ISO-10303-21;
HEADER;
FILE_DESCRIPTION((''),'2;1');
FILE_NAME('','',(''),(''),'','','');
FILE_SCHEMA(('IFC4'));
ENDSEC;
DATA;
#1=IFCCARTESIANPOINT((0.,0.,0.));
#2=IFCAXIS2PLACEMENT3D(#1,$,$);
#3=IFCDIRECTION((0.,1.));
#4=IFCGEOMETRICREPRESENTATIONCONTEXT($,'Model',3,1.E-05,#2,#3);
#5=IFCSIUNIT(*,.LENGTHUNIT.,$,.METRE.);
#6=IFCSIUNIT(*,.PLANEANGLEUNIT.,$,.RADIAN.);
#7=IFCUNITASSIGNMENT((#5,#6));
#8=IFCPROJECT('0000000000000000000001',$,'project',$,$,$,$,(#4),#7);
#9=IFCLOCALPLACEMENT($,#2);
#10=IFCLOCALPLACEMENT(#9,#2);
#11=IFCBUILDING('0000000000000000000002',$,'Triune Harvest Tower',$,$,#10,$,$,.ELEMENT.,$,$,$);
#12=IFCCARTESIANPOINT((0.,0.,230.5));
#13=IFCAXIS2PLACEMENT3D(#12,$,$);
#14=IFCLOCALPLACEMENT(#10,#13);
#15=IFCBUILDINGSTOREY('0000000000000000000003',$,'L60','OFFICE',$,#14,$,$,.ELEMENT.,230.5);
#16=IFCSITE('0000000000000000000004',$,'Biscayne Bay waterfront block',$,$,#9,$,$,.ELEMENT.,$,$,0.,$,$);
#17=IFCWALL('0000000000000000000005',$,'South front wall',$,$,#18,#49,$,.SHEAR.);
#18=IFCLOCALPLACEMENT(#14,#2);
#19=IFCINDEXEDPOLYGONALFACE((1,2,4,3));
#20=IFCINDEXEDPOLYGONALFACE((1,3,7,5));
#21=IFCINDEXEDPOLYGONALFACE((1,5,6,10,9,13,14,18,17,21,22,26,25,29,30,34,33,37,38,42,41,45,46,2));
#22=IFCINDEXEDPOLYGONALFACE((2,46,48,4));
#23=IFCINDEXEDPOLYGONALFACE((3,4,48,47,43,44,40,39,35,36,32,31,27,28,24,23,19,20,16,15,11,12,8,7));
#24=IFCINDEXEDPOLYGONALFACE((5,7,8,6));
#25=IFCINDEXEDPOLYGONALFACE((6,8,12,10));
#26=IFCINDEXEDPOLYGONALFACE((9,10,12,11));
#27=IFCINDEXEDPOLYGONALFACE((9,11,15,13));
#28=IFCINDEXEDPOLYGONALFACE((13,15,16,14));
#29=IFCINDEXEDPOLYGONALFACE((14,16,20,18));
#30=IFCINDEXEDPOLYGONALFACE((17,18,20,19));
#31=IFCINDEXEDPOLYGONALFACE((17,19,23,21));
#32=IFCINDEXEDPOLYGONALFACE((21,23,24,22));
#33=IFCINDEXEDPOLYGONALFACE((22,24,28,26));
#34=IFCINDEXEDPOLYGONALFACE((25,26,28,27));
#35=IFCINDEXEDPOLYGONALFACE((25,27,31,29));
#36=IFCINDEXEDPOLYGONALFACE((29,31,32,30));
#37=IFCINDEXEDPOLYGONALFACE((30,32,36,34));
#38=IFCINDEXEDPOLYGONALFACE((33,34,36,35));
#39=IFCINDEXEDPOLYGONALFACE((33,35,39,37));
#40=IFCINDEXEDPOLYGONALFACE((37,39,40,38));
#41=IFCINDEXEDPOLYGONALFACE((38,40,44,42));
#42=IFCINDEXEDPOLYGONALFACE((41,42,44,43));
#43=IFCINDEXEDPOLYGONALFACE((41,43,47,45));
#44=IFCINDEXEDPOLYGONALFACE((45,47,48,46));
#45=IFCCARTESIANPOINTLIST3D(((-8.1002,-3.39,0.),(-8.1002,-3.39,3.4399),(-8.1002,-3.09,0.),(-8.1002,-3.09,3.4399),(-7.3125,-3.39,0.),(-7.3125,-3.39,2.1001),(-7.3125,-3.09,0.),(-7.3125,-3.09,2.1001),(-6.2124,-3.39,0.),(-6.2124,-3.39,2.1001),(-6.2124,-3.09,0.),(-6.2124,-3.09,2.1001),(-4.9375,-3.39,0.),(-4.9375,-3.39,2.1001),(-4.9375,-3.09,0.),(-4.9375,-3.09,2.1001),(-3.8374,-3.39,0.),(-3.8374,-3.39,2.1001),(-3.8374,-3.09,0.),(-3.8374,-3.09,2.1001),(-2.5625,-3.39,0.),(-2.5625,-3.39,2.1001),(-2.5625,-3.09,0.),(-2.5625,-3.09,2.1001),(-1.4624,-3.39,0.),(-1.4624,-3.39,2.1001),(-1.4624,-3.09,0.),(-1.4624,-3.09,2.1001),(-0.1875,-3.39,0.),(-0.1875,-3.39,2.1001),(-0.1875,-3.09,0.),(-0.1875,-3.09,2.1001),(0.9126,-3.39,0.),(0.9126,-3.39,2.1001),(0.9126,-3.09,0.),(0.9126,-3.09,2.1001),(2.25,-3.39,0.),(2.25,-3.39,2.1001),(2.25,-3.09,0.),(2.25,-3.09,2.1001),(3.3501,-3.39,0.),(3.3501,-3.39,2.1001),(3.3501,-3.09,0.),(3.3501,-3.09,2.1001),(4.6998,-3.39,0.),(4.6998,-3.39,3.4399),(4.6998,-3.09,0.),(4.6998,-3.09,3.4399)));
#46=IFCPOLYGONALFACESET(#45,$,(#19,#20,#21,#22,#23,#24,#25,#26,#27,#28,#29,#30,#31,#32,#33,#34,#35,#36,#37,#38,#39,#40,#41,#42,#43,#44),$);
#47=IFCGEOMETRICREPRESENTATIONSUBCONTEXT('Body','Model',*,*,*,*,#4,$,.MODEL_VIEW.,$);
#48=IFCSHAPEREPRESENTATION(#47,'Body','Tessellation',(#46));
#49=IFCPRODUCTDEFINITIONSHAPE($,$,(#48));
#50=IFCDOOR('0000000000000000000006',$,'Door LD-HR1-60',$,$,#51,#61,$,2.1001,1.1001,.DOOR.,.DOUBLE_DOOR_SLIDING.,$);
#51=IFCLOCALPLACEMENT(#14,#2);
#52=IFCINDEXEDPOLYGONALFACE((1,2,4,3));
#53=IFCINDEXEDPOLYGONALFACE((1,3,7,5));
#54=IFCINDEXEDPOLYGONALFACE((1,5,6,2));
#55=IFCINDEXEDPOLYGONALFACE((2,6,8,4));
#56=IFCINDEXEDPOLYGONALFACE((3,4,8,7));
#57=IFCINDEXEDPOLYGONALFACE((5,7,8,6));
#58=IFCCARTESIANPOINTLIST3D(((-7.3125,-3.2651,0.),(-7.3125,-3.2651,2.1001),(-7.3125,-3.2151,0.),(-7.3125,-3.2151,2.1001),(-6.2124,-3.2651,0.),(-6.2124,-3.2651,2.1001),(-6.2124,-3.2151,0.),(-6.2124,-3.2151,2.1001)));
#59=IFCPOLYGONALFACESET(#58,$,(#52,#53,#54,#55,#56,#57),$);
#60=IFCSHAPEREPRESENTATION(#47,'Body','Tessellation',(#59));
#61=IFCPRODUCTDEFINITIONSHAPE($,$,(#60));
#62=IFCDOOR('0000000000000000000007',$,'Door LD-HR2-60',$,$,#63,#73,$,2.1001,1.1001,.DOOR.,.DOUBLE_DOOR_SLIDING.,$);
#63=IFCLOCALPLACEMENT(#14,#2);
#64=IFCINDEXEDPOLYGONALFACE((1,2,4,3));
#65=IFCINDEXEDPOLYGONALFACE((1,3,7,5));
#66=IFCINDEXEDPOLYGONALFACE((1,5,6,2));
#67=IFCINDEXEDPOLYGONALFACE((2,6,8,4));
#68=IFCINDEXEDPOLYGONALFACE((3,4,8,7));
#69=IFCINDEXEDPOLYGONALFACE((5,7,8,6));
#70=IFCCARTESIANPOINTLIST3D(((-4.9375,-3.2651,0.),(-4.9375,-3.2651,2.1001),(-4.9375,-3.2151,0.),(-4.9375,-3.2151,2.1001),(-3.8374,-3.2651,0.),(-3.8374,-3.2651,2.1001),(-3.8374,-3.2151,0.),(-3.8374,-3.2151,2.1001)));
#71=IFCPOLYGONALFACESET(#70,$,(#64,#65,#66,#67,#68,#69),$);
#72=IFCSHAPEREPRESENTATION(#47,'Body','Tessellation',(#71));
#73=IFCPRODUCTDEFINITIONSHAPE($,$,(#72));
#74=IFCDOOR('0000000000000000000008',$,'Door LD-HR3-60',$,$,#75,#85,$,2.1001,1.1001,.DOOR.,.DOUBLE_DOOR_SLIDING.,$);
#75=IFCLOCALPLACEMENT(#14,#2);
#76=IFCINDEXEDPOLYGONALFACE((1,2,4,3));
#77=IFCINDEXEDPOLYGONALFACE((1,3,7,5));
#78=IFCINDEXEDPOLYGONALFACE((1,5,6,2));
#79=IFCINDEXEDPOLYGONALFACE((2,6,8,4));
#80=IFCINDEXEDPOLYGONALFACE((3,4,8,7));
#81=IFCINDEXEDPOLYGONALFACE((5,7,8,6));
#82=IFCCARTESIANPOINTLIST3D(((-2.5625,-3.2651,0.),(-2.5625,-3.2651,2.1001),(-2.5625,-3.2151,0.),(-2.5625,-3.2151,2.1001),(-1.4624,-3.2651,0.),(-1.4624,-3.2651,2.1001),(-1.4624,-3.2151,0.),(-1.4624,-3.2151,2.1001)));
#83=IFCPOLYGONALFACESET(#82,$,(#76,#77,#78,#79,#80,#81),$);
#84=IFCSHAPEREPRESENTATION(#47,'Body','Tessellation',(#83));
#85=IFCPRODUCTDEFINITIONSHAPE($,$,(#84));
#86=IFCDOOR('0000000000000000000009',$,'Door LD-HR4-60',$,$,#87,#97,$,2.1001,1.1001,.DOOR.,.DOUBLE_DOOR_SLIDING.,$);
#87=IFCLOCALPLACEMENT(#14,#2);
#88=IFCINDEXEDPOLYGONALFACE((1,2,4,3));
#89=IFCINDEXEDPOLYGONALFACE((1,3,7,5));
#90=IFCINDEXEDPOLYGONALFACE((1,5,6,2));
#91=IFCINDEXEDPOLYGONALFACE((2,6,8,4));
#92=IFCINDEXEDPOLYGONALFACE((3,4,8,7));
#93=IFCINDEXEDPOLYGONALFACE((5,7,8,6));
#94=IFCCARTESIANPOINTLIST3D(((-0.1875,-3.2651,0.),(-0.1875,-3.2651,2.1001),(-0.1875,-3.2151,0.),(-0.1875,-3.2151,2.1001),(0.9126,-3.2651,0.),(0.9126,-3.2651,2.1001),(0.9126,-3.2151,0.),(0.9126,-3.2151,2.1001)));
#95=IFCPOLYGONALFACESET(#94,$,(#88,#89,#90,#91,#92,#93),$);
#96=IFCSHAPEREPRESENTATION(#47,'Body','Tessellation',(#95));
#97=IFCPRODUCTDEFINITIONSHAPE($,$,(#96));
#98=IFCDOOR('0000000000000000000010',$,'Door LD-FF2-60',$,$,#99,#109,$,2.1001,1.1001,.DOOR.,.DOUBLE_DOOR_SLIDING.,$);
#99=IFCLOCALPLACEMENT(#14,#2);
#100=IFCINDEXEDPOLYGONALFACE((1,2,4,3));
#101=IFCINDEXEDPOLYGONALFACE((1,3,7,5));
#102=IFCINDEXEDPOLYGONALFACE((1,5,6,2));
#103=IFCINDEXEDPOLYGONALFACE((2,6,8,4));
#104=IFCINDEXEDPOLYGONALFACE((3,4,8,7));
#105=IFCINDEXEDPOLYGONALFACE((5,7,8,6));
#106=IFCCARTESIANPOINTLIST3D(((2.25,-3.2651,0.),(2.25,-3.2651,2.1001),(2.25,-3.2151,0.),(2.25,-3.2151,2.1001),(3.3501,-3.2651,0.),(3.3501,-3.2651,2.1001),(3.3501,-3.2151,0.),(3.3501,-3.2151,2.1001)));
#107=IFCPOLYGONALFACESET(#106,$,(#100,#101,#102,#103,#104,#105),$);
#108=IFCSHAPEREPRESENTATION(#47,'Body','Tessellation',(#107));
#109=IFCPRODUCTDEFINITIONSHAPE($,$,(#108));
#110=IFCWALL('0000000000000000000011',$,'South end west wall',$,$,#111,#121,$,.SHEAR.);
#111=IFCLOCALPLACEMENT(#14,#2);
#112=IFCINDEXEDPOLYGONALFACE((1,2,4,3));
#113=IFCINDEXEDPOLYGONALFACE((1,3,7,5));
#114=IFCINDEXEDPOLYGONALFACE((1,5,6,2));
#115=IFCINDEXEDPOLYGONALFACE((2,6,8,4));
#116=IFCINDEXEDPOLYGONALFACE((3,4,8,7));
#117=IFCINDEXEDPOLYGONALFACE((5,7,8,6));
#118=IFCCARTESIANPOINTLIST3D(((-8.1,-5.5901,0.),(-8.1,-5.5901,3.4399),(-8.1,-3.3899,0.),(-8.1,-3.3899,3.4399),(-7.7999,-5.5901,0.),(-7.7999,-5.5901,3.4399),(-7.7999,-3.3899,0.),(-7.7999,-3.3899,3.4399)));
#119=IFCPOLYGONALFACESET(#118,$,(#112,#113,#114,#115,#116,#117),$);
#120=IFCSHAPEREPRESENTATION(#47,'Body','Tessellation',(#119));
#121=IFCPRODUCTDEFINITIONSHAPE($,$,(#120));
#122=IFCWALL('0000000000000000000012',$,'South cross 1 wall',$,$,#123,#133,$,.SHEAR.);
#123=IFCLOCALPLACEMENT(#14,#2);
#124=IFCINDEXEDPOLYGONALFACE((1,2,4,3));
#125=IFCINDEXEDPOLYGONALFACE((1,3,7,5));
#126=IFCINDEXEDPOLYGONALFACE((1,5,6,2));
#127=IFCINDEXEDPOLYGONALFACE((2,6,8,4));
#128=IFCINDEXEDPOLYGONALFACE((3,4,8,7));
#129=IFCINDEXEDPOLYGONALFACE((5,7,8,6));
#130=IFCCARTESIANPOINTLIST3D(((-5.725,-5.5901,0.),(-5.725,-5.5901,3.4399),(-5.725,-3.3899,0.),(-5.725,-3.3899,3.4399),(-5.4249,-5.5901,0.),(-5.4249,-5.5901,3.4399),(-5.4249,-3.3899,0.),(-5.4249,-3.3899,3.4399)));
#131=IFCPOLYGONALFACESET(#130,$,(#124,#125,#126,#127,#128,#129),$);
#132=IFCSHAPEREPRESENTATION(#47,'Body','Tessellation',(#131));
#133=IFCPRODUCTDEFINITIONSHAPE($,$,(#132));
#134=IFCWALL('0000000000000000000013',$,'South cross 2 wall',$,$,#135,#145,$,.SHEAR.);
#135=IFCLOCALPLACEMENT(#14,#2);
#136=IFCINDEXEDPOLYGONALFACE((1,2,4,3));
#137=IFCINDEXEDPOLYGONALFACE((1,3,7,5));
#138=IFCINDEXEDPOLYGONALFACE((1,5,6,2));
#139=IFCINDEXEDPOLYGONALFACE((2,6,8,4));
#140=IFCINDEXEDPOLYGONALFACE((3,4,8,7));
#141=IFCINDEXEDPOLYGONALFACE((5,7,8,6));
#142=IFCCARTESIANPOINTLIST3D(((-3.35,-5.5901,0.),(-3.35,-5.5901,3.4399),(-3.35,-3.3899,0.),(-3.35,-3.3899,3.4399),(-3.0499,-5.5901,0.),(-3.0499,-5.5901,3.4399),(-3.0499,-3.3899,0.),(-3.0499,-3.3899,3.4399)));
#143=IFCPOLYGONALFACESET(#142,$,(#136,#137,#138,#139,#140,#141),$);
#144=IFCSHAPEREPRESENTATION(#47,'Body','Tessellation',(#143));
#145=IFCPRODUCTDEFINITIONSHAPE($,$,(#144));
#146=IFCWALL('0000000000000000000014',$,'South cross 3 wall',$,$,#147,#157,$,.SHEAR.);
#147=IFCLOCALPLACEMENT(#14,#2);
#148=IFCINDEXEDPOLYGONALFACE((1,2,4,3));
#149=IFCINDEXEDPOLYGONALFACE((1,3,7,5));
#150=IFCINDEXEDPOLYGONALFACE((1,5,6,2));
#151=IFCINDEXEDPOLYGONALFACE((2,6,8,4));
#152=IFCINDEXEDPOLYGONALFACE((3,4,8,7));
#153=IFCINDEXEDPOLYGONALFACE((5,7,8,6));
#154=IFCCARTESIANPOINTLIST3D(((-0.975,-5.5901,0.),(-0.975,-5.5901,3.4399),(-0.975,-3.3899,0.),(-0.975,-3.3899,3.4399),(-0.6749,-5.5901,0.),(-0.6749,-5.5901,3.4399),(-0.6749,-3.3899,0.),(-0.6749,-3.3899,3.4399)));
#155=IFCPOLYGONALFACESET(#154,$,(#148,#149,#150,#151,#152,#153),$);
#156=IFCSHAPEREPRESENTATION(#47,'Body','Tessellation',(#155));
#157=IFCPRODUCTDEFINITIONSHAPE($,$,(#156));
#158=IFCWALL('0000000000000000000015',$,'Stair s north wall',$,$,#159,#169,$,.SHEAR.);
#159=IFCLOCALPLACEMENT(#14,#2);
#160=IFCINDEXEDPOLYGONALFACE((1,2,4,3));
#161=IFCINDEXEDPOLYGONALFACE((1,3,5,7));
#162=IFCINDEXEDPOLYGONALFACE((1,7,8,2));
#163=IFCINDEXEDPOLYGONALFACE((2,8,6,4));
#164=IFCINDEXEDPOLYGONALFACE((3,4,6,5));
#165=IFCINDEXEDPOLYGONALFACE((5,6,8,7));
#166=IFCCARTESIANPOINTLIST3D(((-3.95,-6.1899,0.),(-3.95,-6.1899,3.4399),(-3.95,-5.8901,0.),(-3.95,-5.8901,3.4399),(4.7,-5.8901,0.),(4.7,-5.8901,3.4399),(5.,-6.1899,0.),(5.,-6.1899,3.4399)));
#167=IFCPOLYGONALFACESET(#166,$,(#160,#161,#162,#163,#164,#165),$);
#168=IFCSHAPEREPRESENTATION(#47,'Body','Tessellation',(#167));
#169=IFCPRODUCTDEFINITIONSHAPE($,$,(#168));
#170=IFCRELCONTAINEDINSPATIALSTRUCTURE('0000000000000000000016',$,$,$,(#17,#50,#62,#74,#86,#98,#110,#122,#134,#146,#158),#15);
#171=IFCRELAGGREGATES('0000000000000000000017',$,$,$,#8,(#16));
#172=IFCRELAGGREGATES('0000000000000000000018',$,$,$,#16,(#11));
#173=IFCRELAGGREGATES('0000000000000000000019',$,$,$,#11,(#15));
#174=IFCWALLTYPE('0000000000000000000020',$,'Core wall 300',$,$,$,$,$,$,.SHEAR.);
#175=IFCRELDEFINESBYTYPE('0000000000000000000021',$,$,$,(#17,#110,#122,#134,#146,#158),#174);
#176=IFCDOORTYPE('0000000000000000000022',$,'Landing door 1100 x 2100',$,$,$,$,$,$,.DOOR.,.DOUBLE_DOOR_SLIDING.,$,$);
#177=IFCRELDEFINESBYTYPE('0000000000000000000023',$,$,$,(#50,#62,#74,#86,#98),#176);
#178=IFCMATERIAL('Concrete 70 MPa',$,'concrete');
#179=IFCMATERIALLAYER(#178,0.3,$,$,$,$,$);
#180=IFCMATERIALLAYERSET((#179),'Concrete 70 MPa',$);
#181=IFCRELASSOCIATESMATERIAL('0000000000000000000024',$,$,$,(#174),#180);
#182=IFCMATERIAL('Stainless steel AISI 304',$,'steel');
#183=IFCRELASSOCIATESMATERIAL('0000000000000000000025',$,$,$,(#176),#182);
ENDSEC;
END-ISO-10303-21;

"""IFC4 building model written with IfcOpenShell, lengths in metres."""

from ifc_helpers import new_model, si_unit, direction, frame, frame_2d, origin, place, context, subcontext, project, spatial, polyline, rectangle, outline, extrude, source, transform, mapped, material, layer, layer_set, type_object, element, fill, save


model = new_model("IFC4")

# Units and contexts
model_context = context("Model", 3, precision=1e-05, world=origin(), true_north=direction((0.0, 1.0)))
body_context = subcontext(model_context, "Body", "Model", "MODEL_VIEW")
ifc_project = project(units=[si_unit("LENGTHUNIT", "METRE"), si_unit("PLANEANGLEUNIT", "RADIAN")], contexts=[model_context])

# Site, building, storey
site_placement = place(None, origin())
site = spatial("IfcSite", under=ifc_project, at=site_placement, Name="Biscayne Bay waterfront block", CompositionType="ELEMENT", RefElevation=0.0)
building_placement = place(site_placement, origin())
building = spatial("IfcBuilding", under=site, at=building_placement, Name="Triune Harvest Tower", CompositionType="ELEMENT")
storey_placement = place(building_placement, frame((0.0, 0.0, 230.5)))
storey = spatial("IfcBuildingStorey", under=building, at=storey_placement, Name="L60", Description="OFFICE", CompositionType="ELEMENT", Elevation=230.5)

# Wall, openings, doors
ifc_material_1 = material(Name="Concrete 70 MPa", Category="concrete")
ifc_layer_1 = layer(ifc_material_1, 0.3)
ifc_layer_set_1 = layer_set([ifc_layer_1], Name="Concrete 70 MPa")
wall_type_1 = type_object("IfcWallType", Name="Core wall 300", PredefinedType="SHEAR", material=ifc_layer_set_1)
shared_shape_1 = source(origin(), body_context, "Body", "SweptSolid", [
    extrude(rectangle(XDim=12.8, YDim=0.3, at=frame_2d((6.3999, 0.0))), origin(), (0.0, 0.0, 1.0), 3.4399),
])
wall_1_placement = place(storey_placement, frame((-8.1001, -3.24, 0.0), z_axis=(0.0, 0.0, 1.0), x_axis=(1.0, 0.0, 0.0)))
wall_1 = element("IfcWall", 1, at=wall_1_placement, inside=storey, type_object=wall_type_1, Name="South front wall", PredefinedType="SHEAR", context=body_context, shape_type="MappedRepresentation", body=[
    mapped(shared_shape_1, transform((0.0, 0.0, 0.0), scale=1.0)),
])
opening_1_placement = place(wall_1_placement, frame((0.7876, 0.0, 0.0)))
opening_1 = element("IfcOpeningElement", 2, at=opening_1_placement, cuts=wall_1, PredefinedType="OPENING", context=body_context, shape_type="SweptSolid", body=[
    extrude(rectangle(XDim=1.1001, YDim=2.1001, at=frame_2d((0.55, 1.05))), frame((0.0, 0.1602, 0.0), z_axis=(0.0, -1.0, 0.0), x_axis=(1.0, 0.0, 0.0)), (0.0, 0.0, 1.0), 0.3201),
])
opening_2_placement = place(wall_1_placement, frame((3.1626, 0.0, 0.0)))
opening_2 = element("IfcOpeningElement", 3, at=opening_2_placement, cuts=wall_1, PredefinedType="OPENING", context=body_context, shape_type="SweptSolid", body=[
    extrude(rectangle(XDim=1.1001, YDim=2.1001, at=frame_2d((0.55, 1.05))), frame((0.0, 0.1602, 0.0), z_axis=(0.0, -1.0, 0.0), x_axis=(1.0, 0.0, 0.0)), (0.0, 0.0, 1.0), 0.3201),
])
opening_3_placement = place(wall_1_placement, frame((5.5376, 0.0, 0.0)))
opening_3 = element("IfcOpeningElement", 4, at=opening_3_placement, cuts=wall_1, PredefinedType="OPENING", context=body_context, shape_type="SweptSolid", body=[
    extrude(rectangle(XDim=1.1001, YDim=2.1001, at=frame_2d((0.55, 1.05))), frame((0.0, 0.1602, 0.0), z_axis=(0.0, -1.0, 0.0), x_axis=(1.0, 0.0, 0.0)), (0.0, 0.0, 1.0), 0.3201),
])
opening_4_placement = place(wall_1_placement, frame((7.9126, 0.0, 0.0)))
opening_4 = element("IfcOpeningElement", 5, at=opening_4_placement, cuts=wall_1, PredefinedType="OPENING", context=body_context, shape_type="SweptSolid", body=[
    extrude(rectangle(XDim=1.1001, YDim=2.1001, at=frame_2d((0.55, 1.05))), frame((0.0, 0.1602, 0.0), z_axis=(0.0, -1.0, 0.0), x_axis=(1.0, 0.0, 0.0)), (0.0, 0.0, 1.0), 0.3201),
])
opening_5_placement = place(wall_1_placement, frame((10.3501, 0.0, 0.0)))
opening_5 = element("IfcOpeningElement", 6, at=opening_5_placement, cuts=wall_1, PredefinedType="OPENING", context=body_context, shape_type="SweptSolid", body=[
    extrude(rectangle(XDim=1.1001, YDim=2.1001, at=frame_2d((0.55, 1.05))), frame((0.0, 0.1602, 0.0), z_axis=(0.0, -1.0, 0.0), x_axis=(1.0, 0.0, 0.0)), (0.0, 0.0, 1.0), 0.3201),
])
ifc_material_2 = material(Name="Stainless steel AISI 304", Category="steel")
door_type_1 = type_object("IfcDoorType", Name="Landing door 1100 x 2100", OperationType="DOUBLE_DOOR_SLIDING", PredefinedType="DOOR", material=ifc_material_2)
door_1_placement = place(opening_1_placement, origin())
door_1 = element("IfcDoor", 7, at=door_1_placement, inside=storey, type_object=door_type_1, Name="Door LD-HR1-60", OperationType="DOUBLE_DOOR_SLIDING", OverallHeight=2.1001, OverallWidth=1.1001, PredefinedType="DOOR", context=body_context, shape_type="SweptSolid", body=[
    extrude(rectangle(XDim=1.1001, YDim=2.1001, at=frame_2d((0.55, 1.05))), frame((0.0, 0.0249, 0.0), z_axis=(0.0, -1.0, 0.0), x_axis=(1.0, 0.0, 0.0)), (0.0, 0.0, 1.0), 0.05),
])
fill(opening_1, door_1)
door_2_placement = place(opening_2_placement, origin())
door_2 = element("IfcDoor", 8, at=door_2_placement, inside=storey, type_object=door_type_1, Name="Door LD-HR2-60", OperationType="DOUBLE_DOOR_SLIDING", OverallHeight=2.1001, OverallWidth=1.1001, PredefinedType="DOOR", context=body_context, shape_type="SweptSolid", body=[
    extrude(rectangle(XDim=1.1001, YDim=2.1001, at=frame_2d((0.55, 1.05))), frame((0.0, 0.0249, 0.0), z_axis=(0.0, -1.0, 0.0), x_axis=(1.0, 0.0, 0.0)), (0.0, 0.0, 1.0), 0.05),
])
fill(opening_2, door_2)
door_3_placement = place(opening_3_placement, origin())
door_3 = element("IfcDoor", 9, at=door_3_placement, inside=storey, type_object=door_type_1, Name="Door LD-HR3-60", OperationType="DOUBLE_DOOR_SLIDING", OverallHeight=2.1001, OverallWidth=1.1001, PredefinedType="DOOR", context=body_context, shape_type="SweptSolid", body=[
    extrude(rectangle(XDim=1.1001, YDim=2.1001, at=frame_2d((0.55, 1.05))), frame((0.0, 0.0249, 0.0), z_axis=(0.0, -1.0, 0.0), x_axis=(1.0, 0.0, 0.0)), (0.0, 0.0, 1.0), 0.05),
])
fill(opening_3, door_3)
door_4_placement = place(opening_4_placement, origin())
door_4 = element("IfcDoor", 10, at=door_4_placement, inside=storey, type_object=door_type_1, Name="Door LD-HR4-60", OperationType="DOUBLE_DOOR_SLIDING", OverallHeight=2.1001, OverallWidth=1.1001, PredefinedType="DOOR", context=body_context, shape_type="SweptSolid", body=[
    extrude(rectangle(XDim=1.1001, YDim=2.1001, at=frame_2d((0.55, 1.05))), frame((0.0, 0.0249, 0.0), z_axis=(0.0, -1.0, 0.0), x_axis=(1.0, 0.0, 0.0)), (0.0, 0.0, 1.0), 0.05),
])
fill(opening_4, door_4)
door_5_placement = place(opening_5_placement, origin())
door_5 = element("IfcDoor", 11, at=door_5_placement, inside=storey, type_object=door_type_1, Name="Door LD-FF2-60", OperationType="DOUBLE_DOOR_SLIDING", OverallHeight=2.1001, OverallWidth=1.1001, PredefinedType="DOOR", context=body_context, shape_type="SweptSolid", body=[
    extrude(rectangle(XDim=1.1001, YDim=2.1001, at=frame_2d((0.55, 1.05))), frame((0.0, 0.0249, 0.0), z_axis=(0.0, -1.0, 0.0), x_axis=(1.0, 0.0, 0.0)), (0.0, 0.0, 1.0), 0.05),
])
fill(opening_5, door_5)

# Walls
shared_shape_2 = source(origin(), body_context, "Body", "SweptSolid", [
    extrude(rectangle(XDim=2.2002, YDim=0.3, at=frame_2d((1.1001, 0.0))), origin(), (0.0, 0.0, 1.0), 3.4399),
])
for number, where, z_axis, x_axis, name in (
    (12, (-7.95, -5.5901, 0.0), (0.0, 0.0, 1.0), (0.0, 1.0, 0.0), "South end west wall"),
    (13, (-5.575, -5.5901, 0.0), (0.0, 0.0, 1.0), (0.0, 1.0, 0.0), "South cross 1 wall"),
    (14, (-3.2, -5.5901, 0.0), (0.0, 0.0, 1.0), (0.0, 1.0, 0.0), "South cross 2 wall"),
    (15, (-0.825, -5.5901, 0.0), (0.0, 0.0, 1.0), (0.0, 1.0, 0.0), "South cross 3 wall"),
):
    element("IfcWall", number, at=place(storey_placement, frame(where, z_axis=z_axis, x_axis=x_axis)), inside=storey, type_object=wall_type_1, Name=name, PredefinedType="SHEAR", context=body_context, shape_type="MappedRepresentation", body=[
        mapped(shared_shape_2, transform((0.0, 0.0, 0.0), scale=1.0)),
    ])
shared_shape_3 = source(origin(), body_context, "Body", "SweptSolid", [
    extrude(outline(polyline([(0.0, -0.1499), (8.95, -0.1499), (8.6499, 0.1499), (0.0, 0.1499), (0.0, -0.1499)])), origin(), (0.0, 0.0, 1.0), 3.4399),
])
wall_2_placement = place(storey_placement, frame((-3.95, -6.04, 0.0), z_axis=(0.0, 0.0, 1.0), x_axis=(1.0, 0.0, 0.0)))
element("IfcWall", 16, at=wall_2_placement, inside=storey, type_object=wall_type_1, Name="Stair s north wall", PredefinedType="SHEAR", context=body_context, shape_type="MappedRepresentation", body=[
    mapped(shared_shape_3, transform((0.0, 0.0, 0.0), scale=1.0)),
])

save(model, "model.ifc")
